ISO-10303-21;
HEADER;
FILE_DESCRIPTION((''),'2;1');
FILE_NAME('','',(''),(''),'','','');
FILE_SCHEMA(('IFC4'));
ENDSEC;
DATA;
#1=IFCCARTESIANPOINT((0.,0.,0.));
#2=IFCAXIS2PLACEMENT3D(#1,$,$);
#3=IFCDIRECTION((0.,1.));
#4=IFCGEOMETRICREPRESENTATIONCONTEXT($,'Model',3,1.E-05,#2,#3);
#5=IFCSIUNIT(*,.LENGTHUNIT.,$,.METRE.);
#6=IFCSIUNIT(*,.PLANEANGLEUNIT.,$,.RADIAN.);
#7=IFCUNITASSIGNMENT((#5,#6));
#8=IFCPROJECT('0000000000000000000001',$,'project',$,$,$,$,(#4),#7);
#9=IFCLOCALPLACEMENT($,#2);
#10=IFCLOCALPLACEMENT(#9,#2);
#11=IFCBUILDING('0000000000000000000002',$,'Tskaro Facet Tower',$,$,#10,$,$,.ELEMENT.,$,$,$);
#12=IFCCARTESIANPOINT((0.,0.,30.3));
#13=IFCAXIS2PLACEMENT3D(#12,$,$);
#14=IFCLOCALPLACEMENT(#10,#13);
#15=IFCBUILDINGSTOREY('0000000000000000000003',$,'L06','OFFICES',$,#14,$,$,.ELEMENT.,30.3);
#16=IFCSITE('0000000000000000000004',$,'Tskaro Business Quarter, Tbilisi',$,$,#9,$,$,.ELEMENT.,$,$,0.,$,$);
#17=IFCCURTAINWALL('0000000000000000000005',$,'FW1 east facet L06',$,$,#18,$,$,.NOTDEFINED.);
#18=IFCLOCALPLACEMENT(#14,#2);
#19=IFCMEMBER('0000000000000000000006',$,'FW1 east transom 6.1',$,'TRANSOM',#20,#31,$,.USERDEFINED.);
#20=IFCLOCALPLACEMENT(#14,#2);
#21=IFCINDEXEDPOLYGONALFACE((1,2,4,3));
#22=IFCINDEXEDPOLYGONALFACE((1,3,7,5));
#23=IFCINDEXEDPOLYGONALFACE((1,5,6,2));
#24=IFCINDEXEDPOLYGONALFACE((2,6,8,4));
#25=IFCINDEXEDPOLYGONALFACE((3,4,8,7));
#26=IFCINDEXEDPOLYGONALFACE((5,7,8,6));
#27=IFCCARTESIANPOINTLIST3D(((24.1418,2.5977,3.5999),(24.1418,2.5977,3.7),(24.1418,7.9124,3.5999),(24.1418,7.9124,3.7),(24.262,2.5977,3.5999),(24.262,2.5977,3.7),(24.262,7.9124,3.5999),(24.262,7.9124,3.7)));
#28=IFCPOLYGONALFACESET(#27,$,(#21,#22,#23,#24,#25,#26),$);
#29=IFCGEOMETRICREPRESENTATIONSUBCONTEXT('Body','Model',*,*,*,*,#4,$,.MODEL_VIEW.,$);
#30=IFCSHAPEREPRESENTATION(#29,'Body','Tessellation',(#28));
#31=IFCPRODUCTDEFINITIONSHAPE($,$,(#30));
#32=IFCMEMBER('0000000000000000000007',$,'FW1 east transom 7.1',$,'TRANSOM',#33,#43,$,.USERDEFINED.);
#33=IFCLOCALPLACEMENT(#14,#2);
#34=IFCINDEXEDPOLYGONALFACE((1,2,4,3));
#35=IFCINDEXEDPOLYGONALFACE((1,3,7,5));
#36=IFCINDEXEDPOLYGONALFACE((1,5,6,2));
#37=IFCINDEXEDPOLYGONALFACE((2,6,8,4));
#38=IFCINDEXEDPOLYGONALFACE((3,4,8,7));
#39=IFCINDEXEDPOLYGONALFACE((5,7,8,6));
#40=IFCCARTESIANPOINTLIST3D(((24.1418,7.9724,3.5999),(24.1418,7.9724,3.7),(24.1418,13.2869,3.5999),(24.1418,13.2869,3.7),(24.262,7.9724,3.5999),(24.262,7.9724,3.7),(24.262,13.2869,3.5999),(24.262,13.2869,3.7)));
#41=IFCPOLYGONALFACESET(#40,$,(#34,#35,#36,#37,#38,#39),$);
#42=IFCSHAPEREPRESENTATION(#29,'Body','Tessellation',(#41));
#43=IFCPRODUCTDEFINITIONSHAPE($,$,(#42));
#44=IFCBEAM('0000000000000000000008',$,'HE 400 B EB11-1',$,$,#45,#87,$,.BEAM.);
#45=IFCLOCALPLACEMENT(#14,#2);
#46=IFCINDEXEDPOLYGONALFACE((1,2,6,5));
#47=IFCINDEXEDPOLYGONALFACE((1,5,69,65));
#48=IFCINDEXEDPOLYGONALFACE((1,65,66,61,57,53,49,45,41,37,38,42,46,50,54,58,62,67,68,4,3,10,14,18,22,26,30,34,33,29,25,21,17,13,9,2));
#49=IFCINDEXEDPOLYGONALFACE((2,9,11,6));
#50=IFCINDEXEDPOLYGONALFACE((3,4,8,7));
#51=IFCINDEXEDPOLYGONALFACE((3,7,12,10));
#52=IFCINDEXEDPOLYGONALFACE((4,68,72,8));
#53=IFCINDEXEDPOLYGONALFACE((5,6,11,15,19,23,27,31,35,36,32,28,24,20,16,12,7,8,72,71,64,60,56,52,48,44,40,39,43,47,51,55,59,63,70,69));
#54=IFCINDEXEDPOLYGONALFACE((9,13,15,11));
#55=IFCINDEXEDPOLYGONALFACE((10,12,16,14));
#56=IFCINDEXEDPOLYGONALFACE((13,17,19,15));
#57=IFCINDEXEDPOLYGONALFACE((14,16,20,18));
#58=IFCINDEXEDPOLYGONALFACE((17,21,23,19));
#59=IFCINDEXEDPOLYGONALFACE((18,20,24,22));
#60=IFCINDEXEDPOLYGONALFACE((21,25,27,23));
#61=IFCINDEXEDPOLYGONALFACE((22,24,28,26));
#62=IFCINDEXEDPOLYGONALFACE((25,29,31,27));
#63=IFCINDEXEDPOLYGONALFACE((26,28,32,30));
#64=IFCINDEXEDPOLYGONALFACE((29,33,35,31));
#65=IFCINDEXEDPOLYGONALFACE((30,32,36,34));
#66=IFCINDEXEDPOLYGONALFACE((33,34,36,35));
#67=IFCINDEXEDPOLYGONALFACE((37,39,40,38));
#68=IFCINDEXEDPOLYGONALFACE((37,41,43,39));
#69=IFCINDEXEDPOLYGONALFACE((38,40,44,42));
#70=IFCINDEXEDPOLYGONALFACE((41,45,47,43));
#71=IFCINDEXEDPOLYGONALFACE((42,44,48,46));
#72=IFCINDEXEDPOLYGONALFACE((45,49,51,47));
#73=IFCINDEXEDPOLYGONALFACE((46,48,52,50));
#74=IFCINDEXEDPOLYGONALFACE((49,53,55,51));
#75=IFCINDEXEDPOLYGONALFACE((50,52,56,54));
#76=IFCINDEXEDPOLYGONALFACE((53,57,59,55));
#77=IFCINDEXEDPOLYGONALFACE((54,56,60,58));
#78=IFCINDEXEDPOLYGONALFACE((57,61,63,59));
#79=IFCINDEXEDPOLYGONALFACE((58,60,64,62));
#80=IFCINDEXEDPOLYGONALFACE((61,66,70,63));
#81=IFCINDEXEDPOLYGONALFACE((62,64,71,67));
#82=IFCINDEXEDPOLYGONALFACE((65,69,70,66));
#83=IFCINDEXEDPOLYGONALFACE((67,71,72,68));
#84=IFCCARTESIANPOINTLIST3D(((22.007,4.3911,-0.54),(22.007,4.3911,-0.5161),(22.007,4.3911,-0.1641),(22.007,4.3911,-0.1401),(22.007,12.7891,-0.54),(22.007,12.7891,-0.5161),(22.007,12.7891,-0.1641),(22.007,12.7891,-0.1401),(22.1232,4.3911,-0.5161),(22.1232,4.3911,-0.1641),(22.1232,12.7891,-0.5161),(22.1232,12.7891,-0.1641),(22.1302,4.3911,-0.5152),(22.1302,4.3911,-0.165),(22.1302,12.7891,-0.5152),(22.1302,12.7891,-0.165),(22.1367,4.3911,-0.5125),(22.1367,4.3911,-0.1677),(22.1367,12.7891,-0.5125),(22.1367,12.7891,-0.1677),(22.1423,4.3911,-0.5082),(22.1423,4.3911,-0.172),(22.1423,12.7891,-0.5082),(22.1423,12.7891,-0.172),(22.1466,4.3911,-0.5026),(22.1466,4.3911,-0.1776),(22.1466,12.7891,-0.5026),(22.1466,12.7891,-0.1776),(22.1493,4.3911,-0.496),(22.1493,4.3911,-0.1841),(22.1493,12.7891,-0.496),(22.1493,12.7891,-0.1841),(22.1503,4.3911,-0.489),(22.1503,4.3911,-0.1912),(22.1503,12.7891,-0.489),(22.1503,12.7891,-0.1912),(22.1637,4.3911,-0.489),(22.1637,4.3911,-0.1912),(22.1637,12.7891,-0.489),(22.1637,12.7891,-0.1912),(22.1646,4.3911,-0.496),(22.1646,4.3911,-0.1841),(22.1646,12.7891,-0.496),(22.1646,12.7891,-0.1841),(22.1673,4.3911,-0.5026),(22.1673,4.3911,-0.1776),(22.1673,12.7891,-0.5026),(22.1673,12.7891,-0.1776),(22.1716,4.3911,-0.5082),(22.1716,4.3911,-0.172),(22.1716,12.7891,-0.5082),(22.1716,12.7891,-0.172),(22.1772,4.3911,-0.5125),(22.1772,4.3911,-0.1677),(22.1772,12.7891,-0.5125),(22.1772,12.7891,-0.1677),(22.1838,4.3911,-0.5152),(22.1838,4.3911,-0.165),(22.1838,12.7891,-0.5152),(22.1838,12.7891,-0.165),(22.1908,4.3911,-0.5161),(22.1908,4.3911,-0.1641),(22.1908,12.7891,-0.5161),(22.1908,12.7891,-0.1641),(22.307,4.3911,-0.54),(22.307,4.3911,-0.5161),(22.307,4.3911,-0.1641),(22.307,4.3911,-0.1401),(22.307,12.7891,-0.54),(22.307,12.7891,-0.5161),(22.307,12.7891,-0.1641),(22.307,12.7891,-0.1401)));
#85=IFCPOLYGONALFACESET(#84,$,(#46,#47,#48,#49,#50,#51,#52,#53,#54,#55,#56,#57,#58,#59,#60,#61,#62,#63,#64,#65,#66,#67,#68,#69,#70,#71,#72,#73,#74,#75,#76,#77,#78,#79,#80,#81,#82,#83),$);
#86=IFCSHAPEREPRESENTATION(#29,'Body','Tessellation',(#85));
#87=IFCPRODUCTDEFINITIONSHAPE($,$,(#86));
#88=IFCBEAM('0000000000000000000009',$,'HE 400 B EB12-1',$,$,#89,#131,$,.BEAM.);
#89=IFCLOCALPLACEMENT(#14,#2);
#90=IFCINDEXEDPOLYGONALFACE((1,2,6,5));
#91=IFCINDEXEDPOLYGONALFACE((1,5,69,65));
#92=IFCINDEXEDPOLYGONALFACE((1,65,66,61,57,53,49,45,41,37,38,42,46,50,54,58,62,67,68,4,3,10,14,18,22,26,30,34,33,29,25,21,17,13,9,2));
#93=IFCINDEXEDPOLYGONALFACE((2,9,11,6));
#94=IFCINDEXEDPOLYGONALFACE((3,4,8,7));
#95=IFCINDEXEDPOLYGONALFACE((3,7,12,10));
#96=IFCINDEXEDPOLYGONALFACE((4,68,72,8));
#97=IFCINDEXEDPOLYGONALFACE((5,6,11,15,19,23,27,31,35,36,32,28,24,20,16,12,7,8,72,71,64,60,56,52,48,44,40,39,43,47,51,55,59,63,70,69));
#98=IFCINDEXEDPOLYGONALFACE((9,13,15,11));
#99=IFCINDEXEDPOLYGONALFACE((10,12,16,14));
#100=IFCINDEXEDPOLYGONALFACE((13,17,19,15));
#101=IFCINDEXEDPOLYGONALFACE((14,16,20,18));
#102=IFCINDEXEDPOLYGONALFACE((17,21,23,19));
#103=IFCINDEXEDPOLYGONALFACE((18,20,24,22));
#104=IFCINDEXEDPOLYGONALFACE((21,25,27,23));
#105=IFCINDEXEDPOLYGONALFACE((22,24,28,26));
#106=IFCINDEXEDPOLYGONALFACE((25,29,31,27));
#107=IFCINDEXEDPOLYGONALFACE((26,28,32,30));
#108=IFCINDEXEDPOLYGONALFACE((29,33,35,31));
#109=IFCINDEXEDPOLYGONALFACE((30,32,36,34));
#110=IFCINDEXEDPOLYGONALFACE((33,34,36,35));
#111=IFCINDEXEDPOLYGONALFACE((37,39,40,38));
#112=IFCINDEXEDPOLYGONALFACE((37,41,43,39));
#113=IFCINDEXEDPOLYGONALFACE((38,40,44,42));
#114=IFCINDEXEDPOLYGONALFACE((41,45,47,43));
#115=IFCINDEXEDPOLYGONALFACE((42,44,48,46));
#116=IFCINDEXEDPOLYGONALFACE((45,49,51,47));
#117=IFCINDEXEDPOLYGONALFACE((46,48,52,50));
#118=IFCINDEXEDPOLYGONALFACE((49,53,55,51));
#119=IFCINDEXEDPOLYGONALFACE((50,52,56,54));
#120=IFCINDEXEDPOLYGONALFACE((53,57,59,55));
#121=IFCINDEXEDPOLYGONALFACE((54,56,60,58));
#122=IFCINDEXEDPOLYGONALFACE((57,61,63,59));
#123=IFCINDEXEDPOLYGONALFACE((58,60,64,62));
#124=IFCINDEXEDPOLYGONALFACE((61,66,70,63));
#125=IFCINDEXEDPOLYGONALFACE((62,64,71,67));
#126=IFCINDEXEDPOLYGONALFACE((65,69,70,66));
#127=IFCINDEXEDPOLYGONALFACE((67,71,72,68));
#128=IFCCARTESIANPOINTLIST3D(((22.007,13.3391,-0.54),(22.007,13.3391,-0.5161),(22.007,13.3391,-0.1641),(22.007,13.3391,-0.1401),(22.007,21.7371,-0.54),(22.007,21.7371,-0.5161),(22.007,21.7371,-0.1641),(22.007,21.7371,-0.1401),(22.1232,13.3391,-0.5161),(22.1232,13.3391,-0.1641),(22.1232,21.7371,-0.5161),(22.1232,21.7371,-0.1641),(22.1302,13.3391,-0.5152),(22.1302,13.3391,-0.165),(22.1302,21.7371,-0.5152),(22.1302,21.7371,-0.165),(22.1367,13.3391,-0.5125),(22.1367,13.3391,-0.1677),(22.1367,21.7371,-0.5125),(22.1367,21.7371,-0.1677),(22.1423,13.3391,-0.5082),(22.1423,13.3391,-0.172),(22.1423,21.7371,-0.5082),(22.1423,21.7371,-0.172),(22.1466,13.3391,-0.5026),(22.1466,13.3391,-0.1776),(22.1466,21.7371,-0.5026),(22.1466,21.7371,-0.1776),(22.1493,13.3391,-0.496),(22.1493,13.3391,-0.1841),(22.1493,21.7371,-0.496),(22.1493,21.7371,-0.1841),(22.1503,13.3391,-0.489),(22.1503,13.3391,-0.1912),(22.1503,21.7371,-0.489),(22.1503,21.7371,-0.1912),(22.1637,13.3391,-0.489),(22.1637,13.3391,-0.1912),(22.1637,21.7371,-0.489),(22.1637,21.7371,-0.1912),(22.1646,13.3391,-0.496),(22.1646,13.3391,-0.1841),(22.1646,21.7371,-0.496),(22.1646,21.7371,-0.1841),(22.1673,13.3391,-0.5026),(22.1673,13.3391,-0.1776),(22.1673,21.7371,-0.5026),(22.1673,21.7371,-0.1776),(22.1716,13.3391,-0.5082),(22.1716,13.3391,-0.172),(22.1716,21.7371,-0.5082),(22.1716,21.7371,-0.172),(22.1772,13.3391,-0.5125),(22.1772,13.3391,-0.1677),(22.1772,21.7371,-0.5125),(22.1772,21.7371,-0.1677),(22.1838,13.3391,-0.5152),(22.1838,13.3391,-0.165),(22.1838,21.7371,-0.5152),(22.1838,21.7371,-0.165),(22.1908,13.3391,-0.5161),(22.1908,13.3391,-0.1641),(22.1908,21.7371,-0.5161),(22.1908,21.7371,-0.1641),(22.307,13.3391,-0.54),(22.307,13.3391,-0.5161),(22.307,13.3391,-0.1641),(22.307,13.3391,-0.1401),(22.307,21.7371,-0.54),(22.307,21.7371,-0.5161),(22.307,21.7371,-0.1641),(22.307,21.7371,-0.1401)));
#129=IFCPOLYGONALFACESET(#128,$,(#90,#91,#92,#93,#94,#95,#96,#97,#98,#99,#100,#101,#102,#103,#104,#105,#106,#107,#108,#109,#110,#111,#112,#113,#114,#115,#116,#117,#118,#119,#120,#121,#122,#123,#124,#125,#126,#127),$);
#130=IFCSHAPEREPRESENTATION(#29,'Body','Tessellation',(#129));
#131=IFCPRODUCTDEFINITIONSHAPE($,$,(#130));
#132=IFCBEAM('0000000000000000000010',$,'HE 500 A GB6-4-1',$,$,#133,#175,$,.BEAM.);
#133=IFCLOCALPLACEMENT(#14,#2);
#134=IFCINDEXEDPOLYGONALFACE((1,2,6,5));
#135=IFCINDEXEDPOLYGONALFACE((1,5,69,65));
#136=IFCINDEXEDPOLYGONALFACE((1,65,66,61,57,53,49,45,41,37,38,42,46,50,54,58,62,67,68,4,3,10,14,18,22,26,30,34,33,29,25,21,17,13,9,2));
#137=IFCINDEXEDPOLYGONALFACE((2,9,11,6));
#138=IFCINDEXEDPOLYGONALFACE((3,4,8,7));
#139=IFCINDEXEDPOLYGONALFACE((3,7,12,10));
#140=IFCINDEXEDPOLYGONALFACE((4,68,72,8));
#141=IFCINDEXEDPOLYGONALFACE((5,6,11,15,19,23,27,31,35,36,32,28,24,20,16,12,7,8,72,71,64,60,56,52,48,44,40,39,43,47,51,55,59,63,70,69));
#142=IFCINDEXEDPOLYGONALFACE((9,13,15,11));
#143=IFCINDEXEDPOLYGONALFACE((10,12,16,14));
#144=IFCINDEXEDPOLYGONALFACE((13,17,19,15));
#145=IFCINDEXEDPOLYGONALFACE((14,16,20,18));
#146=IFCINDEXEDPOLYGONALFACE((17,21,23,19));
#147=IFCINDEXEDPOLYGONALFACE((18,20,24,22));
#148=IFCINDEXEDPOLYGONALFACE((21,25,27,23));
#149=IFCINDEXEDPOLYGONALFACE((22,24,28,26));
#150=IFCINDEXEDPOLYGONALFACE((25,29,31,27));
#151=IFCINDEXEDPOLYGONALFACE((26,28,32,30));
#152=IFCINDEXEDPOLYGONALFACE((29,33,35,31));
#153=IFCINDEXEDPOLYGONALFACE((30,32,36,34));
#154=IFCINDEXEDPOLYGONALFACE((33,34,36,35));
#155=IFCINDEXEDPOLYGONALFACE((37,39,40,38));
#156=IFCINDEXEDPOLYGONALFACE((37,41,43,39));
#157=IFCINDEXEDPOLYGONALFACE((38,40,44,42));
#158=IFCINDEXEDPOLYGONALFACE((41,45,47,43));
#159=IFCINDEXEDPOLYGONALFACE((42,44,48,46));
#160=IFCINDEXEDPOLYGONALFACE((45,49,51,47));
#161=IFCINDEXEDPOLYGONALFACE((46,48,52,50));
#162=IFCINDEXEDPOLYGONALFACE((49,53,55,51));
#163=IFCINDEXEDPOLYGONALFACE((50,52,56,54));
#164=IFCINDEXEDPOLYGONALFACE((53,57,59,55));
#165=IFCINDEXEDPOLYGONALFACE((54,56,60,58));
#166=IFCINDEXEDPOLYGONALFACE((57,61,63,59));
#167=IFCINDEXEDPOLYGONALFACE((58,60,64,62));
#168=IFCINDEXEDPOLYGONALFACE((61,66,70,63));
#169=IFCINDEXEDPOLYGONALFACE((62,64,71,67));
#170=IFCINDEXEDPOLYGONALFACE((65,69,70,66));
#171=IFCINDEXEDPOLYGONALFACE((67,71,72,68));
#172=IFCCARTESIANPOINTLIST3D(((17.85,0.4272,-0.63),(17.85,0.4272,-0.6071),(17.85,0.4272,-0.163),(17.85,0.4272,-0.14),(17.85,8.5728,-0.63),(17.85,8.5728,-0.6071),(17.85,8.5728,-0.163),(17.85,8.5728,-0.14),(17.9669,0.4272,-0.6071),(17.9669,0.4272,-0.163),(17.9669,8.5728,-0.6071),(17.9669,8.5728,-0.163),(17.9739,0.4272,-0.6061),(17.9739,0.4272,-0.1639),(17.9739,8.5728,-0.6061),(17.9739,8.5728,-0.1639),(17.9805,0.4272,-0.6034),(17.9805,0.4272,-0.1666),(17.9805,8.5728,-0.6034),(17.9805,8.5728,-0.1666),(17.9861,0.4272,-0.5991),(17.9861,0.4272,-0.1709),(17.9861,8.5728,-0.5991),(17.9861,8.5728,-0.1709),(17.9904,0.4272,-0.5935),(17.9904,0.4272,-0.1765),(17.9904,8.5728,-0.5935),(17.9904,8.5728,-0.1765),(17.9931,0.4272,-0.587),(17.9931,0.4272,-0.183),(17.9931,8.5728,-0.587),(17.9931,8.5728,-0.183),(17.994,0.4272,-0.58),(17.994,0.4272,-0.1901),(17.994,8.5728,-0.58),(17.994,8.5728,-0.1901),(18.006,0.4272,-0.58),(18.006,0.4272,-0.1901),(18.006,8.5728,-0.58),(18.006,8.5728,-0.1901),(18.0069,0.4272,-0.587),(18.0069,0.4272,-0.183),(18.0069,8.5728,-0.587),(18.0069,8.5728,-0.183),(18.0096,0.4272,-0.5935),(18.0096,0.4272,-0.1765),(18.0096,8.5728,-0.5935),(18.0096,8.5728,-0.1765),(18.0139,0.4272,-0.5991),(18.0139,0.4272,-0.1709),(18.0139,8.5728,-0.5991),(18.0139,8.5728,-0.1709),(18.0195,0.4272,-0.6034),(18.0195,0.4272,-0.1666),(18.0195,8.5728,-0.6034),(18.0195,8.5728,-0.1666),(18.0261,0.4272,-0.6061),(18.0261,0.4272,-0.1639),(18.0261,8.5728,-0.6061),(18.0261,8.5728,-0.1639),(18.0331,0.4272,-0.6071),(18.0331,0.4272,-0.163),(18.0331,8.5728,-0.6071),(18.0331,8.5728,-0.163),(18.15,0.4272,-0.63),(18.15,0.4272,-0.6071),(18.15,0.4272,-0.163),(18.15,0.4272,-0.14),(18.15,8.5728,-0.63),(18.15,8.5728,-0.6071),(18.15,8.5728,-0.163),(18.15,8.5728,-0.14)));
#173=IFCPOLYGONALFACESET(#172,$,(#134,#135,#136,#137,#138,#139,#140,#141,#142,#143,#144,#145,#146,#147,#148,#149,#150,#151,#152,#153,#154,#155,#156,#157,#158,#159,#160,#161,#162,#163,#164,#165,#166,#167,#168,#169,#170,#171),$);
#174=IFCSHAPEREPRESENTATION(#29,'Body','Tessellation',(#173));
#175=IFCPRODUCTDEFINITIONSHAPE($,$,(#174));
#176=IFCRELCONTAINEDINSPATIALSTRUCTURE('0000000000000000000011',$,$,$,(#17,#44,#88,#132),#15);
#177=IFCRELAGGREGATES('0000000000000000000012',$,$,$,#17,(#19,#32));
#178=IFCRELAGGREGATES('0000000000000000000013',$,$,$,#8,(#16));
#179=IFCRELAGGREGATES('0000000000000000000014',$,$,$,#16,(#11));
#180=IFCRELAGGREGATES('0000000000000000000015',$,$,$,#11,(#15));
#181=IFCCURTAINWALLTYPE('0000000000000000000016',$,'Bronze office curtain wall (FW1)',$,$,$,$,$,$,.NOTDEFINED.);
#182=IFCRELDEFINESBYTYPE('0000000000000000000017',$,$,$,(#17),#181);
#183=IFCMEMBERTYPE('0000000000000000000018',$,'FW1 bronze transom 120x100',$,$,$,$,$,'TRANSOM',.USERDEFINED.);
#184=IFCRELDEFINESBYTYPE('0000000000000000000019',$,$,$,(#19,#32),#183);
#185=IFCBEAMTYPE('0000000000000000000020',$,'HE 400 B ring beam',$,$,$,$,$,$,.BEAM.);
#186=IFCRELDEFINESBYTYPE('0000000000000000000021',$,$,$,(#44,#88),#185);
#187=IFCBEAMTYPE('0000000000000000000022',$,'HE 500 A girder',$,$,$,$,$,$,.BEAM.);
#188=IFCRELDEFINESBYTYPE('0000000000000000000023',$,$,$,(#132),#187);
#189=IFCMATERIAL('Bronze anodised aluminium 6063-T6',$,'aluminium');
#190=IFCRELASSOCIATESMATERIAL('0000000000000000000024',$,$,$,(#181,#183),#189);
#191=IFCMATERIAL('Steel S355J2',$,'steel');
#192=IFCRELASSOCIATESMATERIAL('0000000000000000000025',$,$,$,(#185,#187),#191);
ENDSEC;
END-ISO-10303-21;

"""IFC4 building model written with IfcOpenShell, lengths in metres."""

from ifc_helpers import new_model, si_unit, direction, frame, origin, origin_2d, place, context, subcontext, project, spatial, rectangle, i_section, extrude, material, material_profile, profile_set, type_object, element, aggregate, save


model = new_model("IFC4")

# Units and contexts
model_context = context("Model", 3, precision=1e-05, world=origin(), true_north=direction((0.0, 1.0)))
body_context = subcontext(model_context, "Body", "Model", "MODEL_VIEW")
ifc_project = project(units=[si_unit("LENGTHUNIT", "METRE"), si_unit("PLANEANGLEUNIT", "RADIAN")], contexts=[model_context])

# Site, building, storey
site_placement = place(None, origin())
site = spatial("IfcSite", under=ifc_project, at=site_placement, Name="Tskaro Business Quarter, Tbilisi", CompositionType="ELEMENT", RefElevation=0.0)
building_placement = place(site_placement, origin())
building = spatial("IfcBuilding", under=site, at=building_placement, Name="Tskaro Facet Tower", CompositionType="ELEMENT")
storey_placement = place(building_placement, frame((0.0, 0.0, 30.3)))
storey = spatial("IfcBuildingStorey", under=building, at=storey_placement, Name="L06", Description="OFFICES", CompositionType="ELEMENT", Elevation=30.3)

# Curtain wall, members
ifc_material_1 = material(Name="Bronze anodised aluminium 6063-T6", Category="aluminium")
curtain_wall_type = type_object("IfcCurtainWallType", Name="Bronze office curtain wall (FW1)", PredefinedType="NOTDEFINED", material=ifc_material_1)
curtain_wall_placement = place(storey_placement, origin())
curtain_wall = element("IfcCurtainWall", 1, at=curtain_wall_placement, inside=storey, type_object=curtain_wall_type, Name="FW1 east facet L06", PredefinedType="NOTDEFINED")
ifc_material_profile_1 = material_profile(ifc_material_1, rectangle(XDim=0.1201, YDim=0.1001, at=origin_2d()), Name="Transom 120x100")
ifc_profile_set_1 = profile_set([ifc_material_profile_1], Name="Bronze anodised aluminium 6063-T6")
member_type_1 = type_object("IfcMemberType", Name="FW1 bronze transom 120x100", ElementType="TRANSOM", PredefinedType="USERDEFINED", material=ifc_profile_set_1)
member_1_placement = place(storey_placement, frame((24.2019, 2.5977, 3.6499), z_axis=(0.0, 1.0, 0.0), x_axis=(-1.0, 0.0, 0.0)))
member_1 = element("IfcMember", 2, at=member_1_placement, type_object=member_type_1, Name="FW1 east transom 6.1", ObjectType="TRANSOM", PredefinedType="USERDEFINED", context=body_context, shape_type="SweptSolid", body=[
    extrude(rectangle(XDim=0.1201, YDim=0.1001, at=origin_2d()), origin(), (0.0, 0.0, 1.0), 5.3147),
])
member_2_placement = place(storey_placement, frame((24.2019, 7.9724, 3.6499), z_axis=(0.0, 1.0, 0.0), x_axis=(-1.0, 0.0, 0.0)))
member_2 = element("IfcMember", 3, at=member_2_placement, type_object=member_type_1, Name="FW1 east transom 7.1", ObjectType="TRANSOM", PredefinedType="USERDEFINED", context=body_context, shape_type="SweptSolid", body=[
    extrude(rectangle(XDim=0.1201, YDim=0.1001, at=origin_2d()), origin(), (0.0, 0.0, 1.0), 5.3145),
])

# Beams
ifc_material_2 = material(Name="Steel S355J2", Category="steel")
ifc_material_profile_2 = material_profile(ifc_material_2, i_section(OverallWidth=0.3, OverallDepth=0.3999, WebThickness=0.0134, FlangeThickness=0.0239, FilletRadius=0.0271, at=origin_2d()), Name="HE 400 B")
ifc_profile_set_2 = profile_set([ifc_material_profile_2], Name="Steel S355J2")
beam_type_1 = type_object("IfcBeamType", Name="HE 400 B ring beam", PredefinedType="BEAM", material=ifc_profile_set_2)
for number, where, z_axis, x_axis, name in (
    (4, (22.157, 4.3911, -0.3401), (0.0, 1.0, 0.0), (-1.0, 0.0, 0.0), "HE 400 B EB11-1"),
    (5, (22.157, 13.3391, -0.3401), (0.0, 1.0, 0.0), (-1.0, 0.0, 0.0), "HE 400 B EB12-1"),
):
    element("IfcBeam", number, at=place(storey_placement, frame(where, z_axis=z_axis, x_axis=x_axis)), inside=storey, type_object=beam_type_1, Name=name, PredefinedType="BEAM", context=body_context, shape_type="SweptSolid", body=[
        extrude(i_section(OverallWidth=0.3, OverallDepth=0.3999, WebThickness=0.0134, FlangeThickness=0.0239, FilletRadius=0.0271, at=origin_2d()), origin(), (0.0, 0.0, 1.0), 8.3979),
    ])
ifc_material_profile_3 = material_profile(ifc_material_2, i_section(OverallWidth=0.3, OverallDepth=0.49, WebThickness=0.012, FlangeThickness=0.0229, FilletRadius=0.0271, at=origin_2d()), Name="HE 500 A")
ifc_profile_set_3 = profile_set([ifc_material_profile_3], Name="Steel S355J2")
beam_type_2 = type_object("IfcBeamType", Name="HE 500 A girder", PredefinedType="BEAM", material=ifc_profile_set_3)
for number, where, z_axis, x_axis, name in (
    (6, (18.0, 0.4272, -0.385), (0.0, 1.0, 0.0), (-1.0, 0.0, 0.0), "HE 500 A GB6-4-1"),
):
    element("IfcBeam", number, at=place(storey_placement, frame(where, z_axis=z_axis, x_axis=x_axis)), inside=storey, type_object=beam_type_2, Name=name, PredefinedType="BEAM", context=body_context, shape_type="SweptSolid", body=[
        extrude(i_section(OverallWidth=0.3, OverallDepth=0.49, WebThickness=0.012, FlangeThickness=0.0229, FilletRadius=0.0271, at=origin_2d()), origin(), (0.0, 0.0, 1.0), 8.1455),
    ])

aggregate(curtain_wall, [member_1, member_2])

save(model, "model.ifc")
